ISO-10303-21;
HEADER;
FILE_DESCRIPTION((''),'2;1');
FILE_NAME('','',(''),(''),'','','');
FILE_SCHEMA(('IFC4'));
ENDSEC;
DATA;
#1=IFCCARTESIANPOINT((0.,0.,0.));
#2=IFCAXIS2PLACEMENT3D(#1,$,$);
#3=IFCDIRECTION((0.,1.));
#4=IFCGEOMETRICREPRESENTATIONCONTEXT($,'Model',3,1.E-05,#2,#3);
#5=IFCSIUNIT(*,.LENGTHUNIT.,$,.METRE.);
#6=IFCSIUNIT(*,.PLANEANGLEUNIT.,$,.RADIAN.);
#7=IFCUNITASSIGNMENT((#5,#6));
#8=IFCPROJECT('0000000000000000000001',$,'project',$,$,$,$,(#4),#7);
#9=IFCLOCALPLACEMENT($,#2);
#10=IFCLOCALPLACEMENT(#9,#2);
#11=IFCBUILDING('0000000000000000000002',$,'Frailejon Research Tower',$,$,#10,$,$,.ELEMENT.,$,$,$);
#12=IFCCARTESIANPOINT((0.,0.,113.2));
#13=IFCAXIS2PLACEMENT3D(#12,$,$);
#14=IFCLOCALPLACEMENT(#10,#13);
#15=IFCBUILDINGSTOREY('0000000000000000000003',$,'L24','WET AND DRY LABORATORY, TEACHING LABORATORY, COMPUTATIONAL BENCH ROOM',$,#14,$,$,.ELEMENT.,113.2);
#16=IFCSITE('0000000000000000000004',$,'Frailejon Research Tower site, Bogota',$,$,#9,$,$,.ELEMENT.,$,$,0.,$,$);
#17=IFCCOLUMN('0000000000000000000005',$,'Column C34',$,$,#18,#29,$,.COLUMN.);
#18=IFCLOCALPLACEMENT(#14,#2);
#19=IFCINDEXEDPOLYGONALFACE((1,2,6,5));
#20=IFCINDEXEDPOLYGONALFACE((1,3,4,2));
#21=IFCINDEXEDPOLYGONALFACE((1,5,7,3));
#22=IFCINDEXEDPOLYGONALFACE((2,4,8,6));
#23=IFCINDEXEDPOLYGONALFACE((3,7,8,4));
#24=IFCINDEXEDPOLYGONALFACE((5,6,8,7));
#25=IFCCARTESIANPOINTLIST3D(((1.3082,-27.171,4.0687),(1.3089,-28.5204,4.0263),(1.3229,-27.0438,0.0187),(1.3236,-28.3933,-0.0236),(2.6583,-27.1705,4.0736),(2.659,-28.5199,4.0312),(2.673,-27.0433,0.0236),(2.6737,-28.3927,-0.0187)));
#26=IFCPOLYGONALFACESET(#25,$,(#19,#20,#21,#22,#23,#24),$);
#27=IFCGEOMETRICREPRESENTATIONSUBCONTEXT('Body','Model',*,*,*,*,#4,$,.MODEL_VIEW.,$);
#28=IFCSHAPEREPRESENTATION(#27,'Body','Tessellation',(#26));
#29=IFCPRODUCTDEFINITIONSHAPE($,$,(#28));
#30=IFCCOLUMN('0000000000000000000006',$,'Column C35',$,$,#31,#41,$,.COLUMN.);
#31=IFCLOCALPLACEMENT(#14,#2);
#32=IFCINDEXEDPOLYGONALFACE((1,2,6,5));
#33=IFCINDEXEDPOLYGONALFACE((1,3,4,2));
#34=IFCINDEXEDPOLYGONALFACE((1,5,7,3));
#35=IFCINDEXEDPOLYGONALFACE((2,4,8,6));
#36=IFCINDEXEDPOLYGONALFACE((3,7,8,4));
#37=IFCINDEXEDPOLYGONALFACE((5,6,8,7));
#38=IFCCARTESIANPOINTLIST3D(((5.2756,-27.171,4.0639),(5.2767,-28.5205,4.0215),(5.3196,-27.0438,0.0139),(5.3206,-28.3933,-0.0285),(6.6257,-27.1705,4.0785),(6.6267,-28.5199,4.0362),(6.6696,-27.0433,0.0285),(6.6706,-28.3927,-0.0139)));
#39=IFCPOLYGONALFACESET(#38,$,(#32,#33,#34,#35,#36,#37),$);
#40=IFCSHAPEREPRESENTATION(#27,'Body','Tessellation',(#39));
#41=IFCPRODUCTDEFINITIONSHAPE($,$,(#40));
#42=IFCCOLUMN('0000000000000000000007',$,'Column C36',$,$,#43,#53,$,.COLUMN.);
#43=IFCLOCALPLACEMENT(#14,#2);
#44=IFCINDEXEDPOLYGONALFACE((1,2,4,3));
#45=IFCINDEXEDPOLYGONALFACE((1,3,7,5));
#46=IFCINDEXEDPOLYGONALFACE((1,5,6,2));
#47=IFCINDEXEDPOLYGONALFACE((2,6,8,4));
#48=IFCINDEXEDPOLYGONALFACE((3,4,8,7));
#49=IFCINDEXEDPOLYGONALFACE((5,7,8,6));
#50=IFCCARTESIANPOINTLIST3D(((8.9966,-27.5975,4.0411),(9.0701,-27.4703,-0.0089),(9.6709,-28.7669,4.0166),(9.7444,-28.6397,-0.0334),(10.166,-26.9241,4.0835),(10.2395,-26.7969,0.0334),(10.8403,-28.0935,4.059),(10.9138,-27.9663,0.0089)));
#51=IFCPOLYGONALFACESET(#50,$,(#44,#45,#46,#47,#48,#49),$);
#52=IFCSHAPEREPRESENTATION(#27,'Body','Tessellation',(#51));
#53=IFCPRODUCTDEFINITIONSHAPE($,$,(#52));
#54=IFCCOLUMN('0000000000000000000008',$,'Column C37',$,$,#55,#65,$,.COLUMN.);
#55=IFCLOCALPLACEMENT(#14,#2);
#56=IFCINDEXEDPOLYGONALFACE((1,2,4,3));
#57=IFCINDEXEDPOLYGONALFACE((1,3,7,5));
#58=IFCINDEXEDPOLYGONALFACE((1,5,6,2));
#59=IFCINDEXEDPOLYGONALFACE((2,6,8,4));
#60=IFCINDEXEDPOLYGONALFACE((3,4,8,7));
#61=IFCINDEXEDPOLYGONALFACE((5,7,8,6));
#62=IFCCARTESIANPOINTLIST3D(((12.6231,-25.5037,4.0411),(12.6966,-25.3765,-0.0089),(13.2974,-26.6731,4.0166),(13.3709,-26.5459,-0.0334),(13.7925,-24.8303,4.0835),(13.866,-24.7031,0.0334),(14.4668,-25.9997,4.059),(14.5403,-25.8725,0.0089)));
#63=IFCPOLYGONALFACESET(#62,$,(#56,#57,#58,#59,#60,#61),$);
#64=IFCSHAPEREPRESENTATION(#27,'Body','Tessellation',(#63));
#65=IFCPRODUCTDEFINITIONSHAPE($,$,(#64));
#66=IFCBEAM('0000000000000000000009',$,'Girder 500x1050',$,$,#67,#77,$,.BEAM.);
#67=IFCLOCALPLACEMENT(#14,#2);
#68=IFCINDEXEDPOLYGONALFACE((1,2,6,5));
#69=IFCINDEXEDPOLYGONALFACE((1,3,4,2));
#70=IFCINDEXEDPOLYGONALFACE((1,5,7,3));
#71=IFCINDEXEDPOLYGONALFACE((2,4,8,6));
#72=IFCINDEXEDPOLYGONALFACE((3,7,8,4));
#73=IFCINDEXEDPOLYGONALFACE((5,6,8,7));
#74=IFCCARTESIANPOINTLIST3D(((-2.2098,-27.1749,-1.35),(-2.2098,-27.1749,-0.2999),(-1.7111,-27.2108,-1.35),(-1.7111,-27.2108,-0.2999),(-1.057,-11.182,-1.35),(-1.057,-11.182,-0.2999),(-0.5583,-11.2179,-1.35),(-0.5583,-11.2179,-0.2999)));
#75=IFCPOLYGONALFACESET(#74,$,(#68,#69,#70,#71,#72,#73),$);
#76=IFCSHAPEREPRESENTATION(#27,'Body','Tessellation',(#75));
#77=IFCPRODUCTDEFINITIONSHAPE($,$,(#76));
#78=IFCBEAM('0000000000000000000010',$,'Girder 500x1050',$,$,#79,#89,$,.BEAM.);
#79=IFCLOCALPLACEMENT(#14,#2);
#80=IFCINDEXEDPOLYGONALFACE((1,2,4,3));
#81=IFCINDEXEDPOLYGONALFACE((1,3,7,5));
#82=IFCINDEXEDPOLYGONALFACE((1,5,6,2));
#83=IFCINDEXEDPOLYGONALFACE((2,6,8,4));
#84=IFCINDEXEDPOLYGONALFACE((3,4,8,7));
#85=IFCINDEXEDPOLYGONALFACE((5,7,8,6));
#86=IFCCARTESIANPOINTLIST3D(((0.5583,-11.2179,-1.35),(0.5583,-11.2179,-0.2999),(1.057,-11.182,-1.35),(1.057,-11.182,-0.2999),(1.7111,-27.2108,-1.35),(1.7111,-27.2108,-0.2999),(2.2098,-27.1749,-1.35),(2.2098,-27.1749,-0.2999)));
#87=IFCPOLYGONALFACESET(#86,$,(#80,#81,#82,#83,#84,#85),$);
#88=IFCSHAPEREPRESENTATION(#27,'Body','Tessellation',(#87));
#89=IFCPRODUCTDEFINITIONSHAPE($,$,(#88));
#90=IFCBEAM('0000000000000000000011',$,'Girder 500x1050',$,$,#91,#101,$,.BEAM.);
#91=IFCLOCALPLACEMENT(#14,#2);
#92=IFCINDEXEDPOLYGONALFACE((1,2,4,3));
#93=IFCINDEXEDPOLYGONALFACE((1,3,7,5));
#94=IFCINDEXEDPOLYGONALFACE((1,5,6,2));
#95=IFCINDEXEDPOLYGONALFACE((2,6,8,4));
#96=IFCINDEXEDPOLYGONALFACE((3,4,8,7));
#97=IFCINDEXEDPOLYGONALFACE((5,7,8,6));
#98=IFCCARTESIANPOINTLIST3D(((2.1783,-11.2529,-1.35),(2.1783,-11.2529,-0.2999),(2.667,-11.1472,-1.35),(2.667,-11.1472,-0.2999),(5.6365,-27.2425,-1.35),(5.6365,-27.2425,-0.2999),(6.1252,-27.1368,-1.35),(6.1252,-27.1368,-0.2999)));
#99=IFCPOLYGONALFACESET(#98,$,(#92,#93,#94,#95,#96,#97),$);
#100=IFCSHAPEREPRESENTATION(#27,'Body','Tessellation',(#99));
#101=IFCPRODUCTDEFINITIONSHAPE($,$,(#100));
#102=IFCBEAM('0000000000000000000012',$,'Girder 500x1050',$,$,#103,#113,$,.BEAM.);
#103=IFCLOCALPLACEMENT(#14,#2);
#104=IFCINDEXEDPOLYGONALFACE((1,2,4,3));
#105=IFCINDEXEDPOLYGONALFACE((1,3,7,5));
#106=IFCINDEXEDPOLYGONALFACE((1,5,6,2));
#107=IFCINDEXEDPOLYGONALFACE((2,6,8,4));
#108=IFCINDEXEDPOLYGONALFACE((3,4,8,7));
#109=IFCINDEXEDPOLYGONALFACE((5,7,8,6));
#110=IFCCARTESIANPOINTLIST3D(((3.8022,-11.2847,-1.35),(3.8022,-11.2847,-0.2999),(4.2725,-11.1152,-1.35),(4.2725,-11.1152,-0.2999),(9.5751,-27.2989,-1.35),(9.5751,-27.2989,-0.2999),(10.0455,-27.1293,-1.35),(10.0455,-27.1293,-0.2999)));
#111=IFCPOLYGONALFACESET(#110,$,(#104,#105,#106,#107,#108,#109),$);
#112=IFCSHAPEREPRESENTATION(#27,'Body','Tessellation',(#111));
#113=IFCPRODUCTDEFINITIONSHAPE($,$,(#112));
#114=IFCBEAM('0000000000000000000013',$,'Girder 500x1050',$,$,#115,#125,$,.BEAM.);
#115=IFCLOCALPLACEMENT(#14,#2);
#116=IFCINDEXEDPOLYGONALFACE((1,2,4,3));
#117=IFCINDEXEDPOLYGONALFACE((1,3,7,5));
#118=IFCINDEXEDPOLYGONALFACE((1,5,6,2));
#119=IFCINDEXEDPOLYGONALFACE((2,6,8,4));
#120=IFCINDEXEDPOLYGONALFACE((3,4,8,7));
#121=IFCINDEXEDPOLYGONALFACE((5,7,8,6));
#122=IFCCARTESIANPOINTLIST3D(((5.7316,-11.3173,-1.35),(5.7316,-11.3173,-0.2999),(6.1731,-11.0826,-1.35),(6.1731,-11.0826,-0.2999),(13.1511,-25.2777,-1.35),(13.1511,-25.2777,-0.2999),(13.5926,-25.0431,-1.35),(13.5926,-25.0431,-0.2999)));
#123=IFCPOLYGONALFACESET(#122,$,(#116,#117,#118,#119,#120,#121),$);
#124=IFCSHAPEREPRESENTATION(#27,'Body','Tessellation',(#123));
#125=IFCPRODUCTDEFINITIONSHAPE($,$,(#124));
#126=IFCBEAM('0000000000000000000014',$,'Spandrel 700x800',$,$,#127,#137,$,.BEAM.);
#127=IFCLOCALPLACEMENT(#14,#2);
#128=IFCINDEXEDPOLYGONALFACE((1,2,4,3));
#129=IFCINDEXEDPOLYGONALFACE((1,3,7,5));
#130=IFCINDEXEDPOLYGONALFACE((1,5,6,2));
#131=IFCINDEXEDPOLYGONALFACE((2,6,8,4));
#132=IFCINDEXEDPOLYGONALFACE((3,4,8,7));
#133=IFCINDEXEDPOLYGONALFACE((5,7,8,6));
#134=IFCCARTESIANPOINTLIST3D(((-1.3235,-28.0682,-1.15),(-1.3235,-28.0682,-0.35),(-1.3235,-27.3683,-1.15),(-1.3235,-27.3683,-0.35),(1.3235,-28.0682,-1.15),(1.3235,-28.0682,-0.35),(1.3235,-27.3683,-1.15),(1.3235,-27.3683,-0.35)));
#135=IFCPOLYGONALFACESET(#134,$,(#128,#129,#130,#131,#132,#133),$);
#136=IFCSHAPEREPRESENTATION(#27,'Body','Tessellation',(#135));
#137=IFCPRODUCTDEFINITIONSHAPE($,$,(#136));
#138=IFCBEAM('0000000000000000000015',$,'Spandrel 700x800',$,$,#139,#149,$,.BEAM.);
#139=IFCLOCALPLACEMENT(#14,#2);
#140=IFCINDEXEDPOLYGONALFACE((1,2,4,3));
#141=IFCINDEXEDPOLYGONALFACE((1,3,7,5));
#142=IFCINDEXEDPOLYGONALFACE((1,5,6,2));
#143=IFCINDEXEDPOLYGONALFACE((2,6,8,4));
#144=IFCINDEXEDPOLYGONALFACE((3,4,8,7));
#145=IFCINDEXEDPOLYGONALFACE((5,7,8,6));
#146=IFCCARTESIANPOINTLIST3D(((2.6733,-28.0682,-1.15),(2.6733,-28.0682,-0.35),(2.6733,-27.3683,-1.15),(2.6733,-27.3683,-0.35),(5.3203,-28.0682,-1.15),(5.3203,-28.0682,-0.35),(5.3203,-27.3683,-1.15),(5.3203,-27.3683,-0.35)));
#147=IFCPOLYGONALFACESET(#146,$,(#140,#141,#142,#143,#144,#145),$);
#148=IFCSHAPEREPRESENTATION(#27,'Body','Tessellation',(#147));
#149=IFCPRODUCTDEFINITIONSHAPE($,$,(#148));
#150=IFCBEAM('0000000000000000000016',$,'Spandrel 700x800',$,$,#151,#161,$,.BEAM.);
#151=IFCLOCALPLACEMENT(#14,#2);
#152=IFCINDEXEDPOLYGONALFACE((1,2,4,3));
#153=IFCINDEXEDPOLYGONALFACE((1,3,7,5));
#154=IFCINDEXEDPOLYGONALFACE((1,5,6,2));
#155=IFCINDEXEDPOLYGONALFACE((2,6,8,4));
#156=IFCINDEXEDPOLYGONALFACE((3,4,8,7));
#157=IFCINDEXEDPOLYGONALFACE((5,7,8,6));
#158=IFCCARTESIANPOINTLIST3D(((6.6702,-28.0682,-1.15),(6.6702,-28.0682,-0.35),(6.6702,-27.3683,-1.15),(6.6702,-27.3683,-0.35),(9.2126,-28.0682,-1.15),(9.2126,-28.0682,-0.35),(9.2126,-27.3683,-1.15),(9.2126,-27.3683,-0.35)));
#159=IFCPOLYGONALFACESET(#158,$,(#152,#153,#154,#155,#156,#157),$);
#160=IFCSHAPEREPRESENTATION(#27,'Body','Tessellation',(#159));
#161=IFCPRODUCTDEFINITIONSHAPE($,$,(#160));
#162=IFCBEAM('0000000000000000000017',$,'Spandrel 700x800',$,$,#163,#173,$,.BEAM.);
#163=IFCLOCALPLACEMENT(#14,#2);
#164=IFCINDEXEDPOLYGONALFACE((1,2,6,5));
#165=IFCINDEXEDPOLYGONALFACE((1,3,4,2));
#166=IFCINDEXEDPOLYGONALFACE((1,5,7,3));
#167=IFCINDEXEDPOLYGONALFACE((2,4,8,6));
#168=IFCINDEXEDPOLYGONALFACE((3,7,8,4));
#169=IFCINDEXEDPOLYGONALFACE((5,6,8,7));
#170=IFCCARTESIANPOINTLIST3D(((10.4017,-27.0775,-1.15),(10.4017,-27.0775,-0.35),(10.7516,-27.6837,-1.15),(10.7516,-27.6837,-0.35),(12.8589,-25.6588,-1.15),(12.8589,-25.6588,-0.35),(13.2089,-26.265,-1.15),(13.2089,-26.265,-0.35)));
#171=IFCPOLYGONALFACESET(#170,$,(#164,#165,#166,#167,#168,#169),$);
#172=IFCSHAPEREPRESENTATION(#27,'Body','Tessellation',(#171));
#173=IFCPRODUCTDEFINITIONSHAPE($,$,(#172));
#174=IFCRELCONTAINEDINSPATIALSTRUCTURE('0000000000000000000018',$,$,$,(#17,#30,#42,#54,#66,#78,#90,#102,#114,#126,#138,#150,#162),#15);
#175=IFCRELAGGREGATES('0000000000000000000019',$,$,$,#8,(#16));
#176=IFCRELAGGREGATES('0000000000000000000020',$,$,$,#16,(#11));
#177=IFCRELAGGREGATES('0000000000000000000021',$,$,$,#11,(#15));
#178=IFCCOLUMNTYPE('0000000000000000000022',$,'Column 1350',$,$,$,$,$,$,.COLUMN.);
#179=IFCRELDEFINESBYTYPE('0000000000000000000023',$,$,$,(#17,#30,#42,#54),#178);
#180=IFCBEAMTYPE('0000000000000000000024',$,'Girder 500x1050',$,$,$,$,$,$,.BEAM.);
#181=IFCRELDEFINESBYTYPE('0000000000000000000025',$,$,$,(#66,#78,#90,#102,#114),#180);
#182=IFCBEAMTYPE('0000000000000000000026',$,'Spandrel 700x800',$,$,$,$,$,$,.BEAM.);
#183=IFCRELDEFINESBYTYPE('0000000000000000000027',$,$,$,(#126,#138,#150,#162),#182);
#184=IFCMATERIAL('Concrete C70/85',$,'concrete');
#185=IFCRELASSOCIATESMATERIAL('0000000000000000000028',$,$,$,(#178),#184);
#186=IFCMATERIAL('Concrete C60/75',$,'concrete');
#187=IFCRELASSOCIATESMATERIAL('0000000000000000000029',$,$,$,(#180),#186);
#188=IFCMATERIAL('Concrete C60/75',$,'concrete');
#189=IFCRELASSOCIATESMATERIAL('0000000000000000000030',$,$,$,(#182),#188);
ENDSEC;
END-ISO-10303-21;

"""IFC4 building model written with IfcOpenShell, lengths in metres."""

from ifc_helpers import new_model, si_unit, direction, frame, origin, origin_2d, place, context, subcontext, project, spatial, rectangle, extrude, material, material_profile, profile_set, type_object, element, save


model = new_model("IFC4")

# Units and contexts
model_context = context("Model", 3, precision=1e-05, world=origin(), true_north=direction((0.0, 1.0)))
body_context = subcontext(model_context, "Body", "Model", "MODEL_VIEW")
ifc_project = project(units=[si_unit("LENGTHUNIT", "METRE"), si_unit("PLANEANGLEUNIT", "RADIAN")], contexts=[model_context])

# Site, building, storey
site_placement = place(None, origin())
site = spatial("IfcSite", under=ifc_project, at=site_placement, Name="Frailejon Research Tower site, Bogota", CompositionType="ELEMENT", RefElevation=0.0)
building_placement = place(site_placement, origin())
building = spatial("IfcBuilding", under=site, at=building_placement, Name="Frailejon Research Tower", CompositionType="ELEMENT")
storey_placement = place(building_placement, frame((0.0, 0.0, 113.2)))
storey = spatial("IfcBuildingStorey", under=building, at=storey_placement, Name="L24", Description="WET AND DRY LABORATORY, TEACHING LABORATORY, COMPUTATIONAL BENCH ROOM", CompositionType="ELEMENT", Elevation=113.2)

# Columns
ifc_material_1 = material(Name="Concrete C70/85", Category="concrete")
ifc_material_profile_1 = material_profile(ifc_material_1, rectangle(XDim=1.3501, YDim=1.3501, at=origin_2d()), Name="Column 1350")
ifc_profile_set_1 = profile_set([ifc_material_profile_1], Name="Concrete C70/85")
column_type = type_object("IfcColumnType", Name="Column 1350", PredefinedType="COLUMN", material=ifc_profile_set_1)
column_1_placement = place(storey_placement, frame((1.9983, -27.7183, 0.0), z_axis=(-0.003615, -0.031391, 0.999501), x_axis=(0.999993, 0.000407, 0.00363)))
element("IfcColumn", 1, at=column_1_placement, inside=storey, type_object=column_type, Name="Column C34", PredefinedType="COLUMN", context=body_context, shape_type="SweptSolid", body=[
    extrude(rectangle(XDim=1.3501, YDim=1.3501, at=origin_2d()), origin(), (0.0, 0.0, 1.0), 4.052),
])
column_2_placement = place(storey_placement, frame((5.9951, -27.7183, 0.0), z_axis=(-0.010845, -0.031389, 0.999448), x_axis=(0.999941, 0.000427, 0.010863)))
element("IfcColumn", 2, at=column_2_placement, inside=storey, type_object=column_type, Name="Column C35", PredefinedType="COLUMN", context=body_context, shape_type="SweptSolid", body=[
    extrude(rectangle(XDim=1.3501, YDim=1.3501, at=origin_2d()), origin(), (0.0, 0.0, 1.0), 4.0522),
])
for number, where, z_axis, x_axis, name in (
    (3, (9.9919, -27.7183, 0.0), (-0.018133, -0.031386, 0.999343), (0.866156, 0.498787, 0.031381), "Column C36"),
    (4, (13.6184, -25.6245, 0.0), (-0.018133, -0.031386, 0.999343), (0.866156, 0.498787, 0.031381), "Column C37"),
):
    element("IfcColumn", number, at=place(storey_placement, frame(where, z_axis=z_axis, x_axis=x_axis)), inside=storey, type_object=column_type, Name=name, PredefinedType="COLUMN", context=body_context, shape_type="SweptSolid", body=[
        extrude(rectangle(XDim=1.3501, YDim=1.3501, at=origin_2d()), origin(), (0.0, 0.0, 1.0), 4.0527),
    ])

# Beams
ifc_material_2 = material(Name="Concrete C60/75", Category="concrete")
ifc_material_profile_2 = material_profile(ifc_material_2, rectangle(XDim=0.5, YDim=1.05, at=origin_2d()), Name="Girder 500x1050")
ifc_profile_set_2 = profile_set([ifc_material_profile_2], Name="Concrete C60/75")
beam_type_1 = type_object("IfcBeamType", Name="Girder 500x1050", PredefinedType="BEAM", material=ifc_profile_set_2)
for number, where, z_axis, x_axis, name in (
    (5, (-1.9604, -27.1929, -0.825), (0.071897, 0.997412, 0.0), (-0.997412, 0.071897, 0.0), "Girder 500x1050"),
    (6, (1.9604, -27.1929, -0.825), (-0.071897, 0.997412, 0.0), (-0.997412, -0.071897, 0.0), "Girder 500x1050"),
):
    element("IfcBeam", number, at=place(storey_placement, frame(where, z_axis=z_axis, x_axis=x_axis)), inside=storey, type_object=beam_type_1, Name=name, PredefinedType="BEAM", context=body_context, shape_type="SweptSolid", body=[
        extrude(rectangle(XDim=0.5, YDim=1.05, at=origin_2d()), origin(), (0.0, 0.0, 1.0), 16.0344),
    ])
beam_1_placement = place(storey_placement, frame((5.8809, -27.1897, -0.825), z_axis=(-0.211392, 0.977401, 0.0), x_axis=(-0.977401, -0.211392, 0.0)))
element("IfcBeam", 7, at=beam_1_placement, inside=storey, type_object=beam_type_1, Name="Girder 500x1050", PredefinedType="BEAM", context=body_context, shape_type="SweptSolid", body=[
    extrude(rectangle(XDim=0.5, YDim=1.05, at=origin_2d()), origin(), (0.0, 0.0, 1.0), 16.3594),
])
beam_2_placement = place(storey_placement, frame((9.8103, -27.2141, -0.825), z_axis=(-0.339128, 0.94074, 0.0), x_axis=(-0.94074, -0.339128, 0.0)))
element("IfcBeam", 8, at=beam_2_placement, inside=storey, type_object=beam_type_1, Name="Girder 500x1050", PredefinedType="BEAM", context=body_context, shape_type="SweptSolid", body=[
    extrude(rectangle(XDim=0.5, YDim=1.05, at=origin_2d()), origin(), (0.0, 0.0, 1.0), 17.0229),
])
beam_3_placement = place(storey_placement, frame((13.3718, -25.1604, -0.825), z_axis=(-0.4693, 0.883039, 0.0), x_axis=(-0.883039, -0.4693, 0.0)))
element("IfcBeam", 9, at=beam_3_placement, inside=storey, type_object=beam_type_1, Name="Girder 500x1050", PredefinedType="BEAM", context=body_context, shape_type="SweptSolid", body=[
    extrude(rectangle(XDim=0.5, YDim=1.05, at=origin_2d()), origin(), (0.0, 0.0, 1.0), 15.8096),
])
ifc_material_3 = material(Name="Concrete C60/75", Category="concrete")
ifc_material_profile_3 = material_profile(ifc_material_3, rectangle(XDim=0.7, YDim=0.8, at=origin_2d()), Name="Spandrel 700x800")
ifc_profile_set_3 = profile_set([ifc_material_profile_3], Name="Concrete C60/75")
beam_type_2 = type_object("IfcBeamType", Name="Spandrel 700x800", PredefinedType="BEAM", material=ifc_profile_set_3)
for number, where, z_axis, x_axis, name in (
    (10, (-1.3235, -27.7183, -0.75), (1.0, 0.0, 0.0), (0.0, 1.0, 0.0), "Spandrel 700x800"),
    (11, (2.6733, -27.7183, -0.75), (1.0, 0.0, 0.0), (0.0, 1.0, 0.0), "Spandrel 700x800"),
):
    element("IfcBeam", number, at=place(storey_placement, frame(where, z_axis=z_axis, x_axis=x_axis)), inside=storey, type_object=beam_type_2, Name=name, PredefinedType="BEAM", context=body_context, shape_type="SweptSolid", body=[
        extrude(rectangle(XDim=0.7, YDim=0.8, at=origin_2d()), origin(), (0.0, 0.0, 1.0), 2.647),
    ])
beam_4_placement = place(storey_placement, frame((6.6702, -27.7183, -0.75), z_axis=(1.0, 0.0, 0.0), x_axis=(0.0, 1.0, 0.0)))
element("IfcBeam", 12, at=beam_4_placement, inside=storey, type_object=beam_type_2, Name="Spandrel 700x800", PredefinedType="BEAM", context=body_context, shape_type="SweptSolid", body=[
    extrude(rectangle(XDim=0.7, YDim=0.8, at=origin_2d()), origin(), (0.0, 0.0, 1.0), 2.5425),
])
beam_5_placement = place(storey_placement, frame((10.5767, -27.3806, -0.75), z_axis=(0.866027, 0.499998, 0.0), x_axis=(-0.499998, 0.866027, 0.0)))
element("IfcBeam", 13, at=beam_5_placement, inside=storey, type_object=beam_type_2, Name="Spandrel 700x800", PredefinedType="BEAM", context=body_context, shape_type="SweptSolid", body=[
    extrude(rectangle(XDim=0.7, YDim=0.8, at=origin_2d()), origin(), (0.0, 0.0, 1.0), 2.8374),
])

save(model, "model.ifc")
